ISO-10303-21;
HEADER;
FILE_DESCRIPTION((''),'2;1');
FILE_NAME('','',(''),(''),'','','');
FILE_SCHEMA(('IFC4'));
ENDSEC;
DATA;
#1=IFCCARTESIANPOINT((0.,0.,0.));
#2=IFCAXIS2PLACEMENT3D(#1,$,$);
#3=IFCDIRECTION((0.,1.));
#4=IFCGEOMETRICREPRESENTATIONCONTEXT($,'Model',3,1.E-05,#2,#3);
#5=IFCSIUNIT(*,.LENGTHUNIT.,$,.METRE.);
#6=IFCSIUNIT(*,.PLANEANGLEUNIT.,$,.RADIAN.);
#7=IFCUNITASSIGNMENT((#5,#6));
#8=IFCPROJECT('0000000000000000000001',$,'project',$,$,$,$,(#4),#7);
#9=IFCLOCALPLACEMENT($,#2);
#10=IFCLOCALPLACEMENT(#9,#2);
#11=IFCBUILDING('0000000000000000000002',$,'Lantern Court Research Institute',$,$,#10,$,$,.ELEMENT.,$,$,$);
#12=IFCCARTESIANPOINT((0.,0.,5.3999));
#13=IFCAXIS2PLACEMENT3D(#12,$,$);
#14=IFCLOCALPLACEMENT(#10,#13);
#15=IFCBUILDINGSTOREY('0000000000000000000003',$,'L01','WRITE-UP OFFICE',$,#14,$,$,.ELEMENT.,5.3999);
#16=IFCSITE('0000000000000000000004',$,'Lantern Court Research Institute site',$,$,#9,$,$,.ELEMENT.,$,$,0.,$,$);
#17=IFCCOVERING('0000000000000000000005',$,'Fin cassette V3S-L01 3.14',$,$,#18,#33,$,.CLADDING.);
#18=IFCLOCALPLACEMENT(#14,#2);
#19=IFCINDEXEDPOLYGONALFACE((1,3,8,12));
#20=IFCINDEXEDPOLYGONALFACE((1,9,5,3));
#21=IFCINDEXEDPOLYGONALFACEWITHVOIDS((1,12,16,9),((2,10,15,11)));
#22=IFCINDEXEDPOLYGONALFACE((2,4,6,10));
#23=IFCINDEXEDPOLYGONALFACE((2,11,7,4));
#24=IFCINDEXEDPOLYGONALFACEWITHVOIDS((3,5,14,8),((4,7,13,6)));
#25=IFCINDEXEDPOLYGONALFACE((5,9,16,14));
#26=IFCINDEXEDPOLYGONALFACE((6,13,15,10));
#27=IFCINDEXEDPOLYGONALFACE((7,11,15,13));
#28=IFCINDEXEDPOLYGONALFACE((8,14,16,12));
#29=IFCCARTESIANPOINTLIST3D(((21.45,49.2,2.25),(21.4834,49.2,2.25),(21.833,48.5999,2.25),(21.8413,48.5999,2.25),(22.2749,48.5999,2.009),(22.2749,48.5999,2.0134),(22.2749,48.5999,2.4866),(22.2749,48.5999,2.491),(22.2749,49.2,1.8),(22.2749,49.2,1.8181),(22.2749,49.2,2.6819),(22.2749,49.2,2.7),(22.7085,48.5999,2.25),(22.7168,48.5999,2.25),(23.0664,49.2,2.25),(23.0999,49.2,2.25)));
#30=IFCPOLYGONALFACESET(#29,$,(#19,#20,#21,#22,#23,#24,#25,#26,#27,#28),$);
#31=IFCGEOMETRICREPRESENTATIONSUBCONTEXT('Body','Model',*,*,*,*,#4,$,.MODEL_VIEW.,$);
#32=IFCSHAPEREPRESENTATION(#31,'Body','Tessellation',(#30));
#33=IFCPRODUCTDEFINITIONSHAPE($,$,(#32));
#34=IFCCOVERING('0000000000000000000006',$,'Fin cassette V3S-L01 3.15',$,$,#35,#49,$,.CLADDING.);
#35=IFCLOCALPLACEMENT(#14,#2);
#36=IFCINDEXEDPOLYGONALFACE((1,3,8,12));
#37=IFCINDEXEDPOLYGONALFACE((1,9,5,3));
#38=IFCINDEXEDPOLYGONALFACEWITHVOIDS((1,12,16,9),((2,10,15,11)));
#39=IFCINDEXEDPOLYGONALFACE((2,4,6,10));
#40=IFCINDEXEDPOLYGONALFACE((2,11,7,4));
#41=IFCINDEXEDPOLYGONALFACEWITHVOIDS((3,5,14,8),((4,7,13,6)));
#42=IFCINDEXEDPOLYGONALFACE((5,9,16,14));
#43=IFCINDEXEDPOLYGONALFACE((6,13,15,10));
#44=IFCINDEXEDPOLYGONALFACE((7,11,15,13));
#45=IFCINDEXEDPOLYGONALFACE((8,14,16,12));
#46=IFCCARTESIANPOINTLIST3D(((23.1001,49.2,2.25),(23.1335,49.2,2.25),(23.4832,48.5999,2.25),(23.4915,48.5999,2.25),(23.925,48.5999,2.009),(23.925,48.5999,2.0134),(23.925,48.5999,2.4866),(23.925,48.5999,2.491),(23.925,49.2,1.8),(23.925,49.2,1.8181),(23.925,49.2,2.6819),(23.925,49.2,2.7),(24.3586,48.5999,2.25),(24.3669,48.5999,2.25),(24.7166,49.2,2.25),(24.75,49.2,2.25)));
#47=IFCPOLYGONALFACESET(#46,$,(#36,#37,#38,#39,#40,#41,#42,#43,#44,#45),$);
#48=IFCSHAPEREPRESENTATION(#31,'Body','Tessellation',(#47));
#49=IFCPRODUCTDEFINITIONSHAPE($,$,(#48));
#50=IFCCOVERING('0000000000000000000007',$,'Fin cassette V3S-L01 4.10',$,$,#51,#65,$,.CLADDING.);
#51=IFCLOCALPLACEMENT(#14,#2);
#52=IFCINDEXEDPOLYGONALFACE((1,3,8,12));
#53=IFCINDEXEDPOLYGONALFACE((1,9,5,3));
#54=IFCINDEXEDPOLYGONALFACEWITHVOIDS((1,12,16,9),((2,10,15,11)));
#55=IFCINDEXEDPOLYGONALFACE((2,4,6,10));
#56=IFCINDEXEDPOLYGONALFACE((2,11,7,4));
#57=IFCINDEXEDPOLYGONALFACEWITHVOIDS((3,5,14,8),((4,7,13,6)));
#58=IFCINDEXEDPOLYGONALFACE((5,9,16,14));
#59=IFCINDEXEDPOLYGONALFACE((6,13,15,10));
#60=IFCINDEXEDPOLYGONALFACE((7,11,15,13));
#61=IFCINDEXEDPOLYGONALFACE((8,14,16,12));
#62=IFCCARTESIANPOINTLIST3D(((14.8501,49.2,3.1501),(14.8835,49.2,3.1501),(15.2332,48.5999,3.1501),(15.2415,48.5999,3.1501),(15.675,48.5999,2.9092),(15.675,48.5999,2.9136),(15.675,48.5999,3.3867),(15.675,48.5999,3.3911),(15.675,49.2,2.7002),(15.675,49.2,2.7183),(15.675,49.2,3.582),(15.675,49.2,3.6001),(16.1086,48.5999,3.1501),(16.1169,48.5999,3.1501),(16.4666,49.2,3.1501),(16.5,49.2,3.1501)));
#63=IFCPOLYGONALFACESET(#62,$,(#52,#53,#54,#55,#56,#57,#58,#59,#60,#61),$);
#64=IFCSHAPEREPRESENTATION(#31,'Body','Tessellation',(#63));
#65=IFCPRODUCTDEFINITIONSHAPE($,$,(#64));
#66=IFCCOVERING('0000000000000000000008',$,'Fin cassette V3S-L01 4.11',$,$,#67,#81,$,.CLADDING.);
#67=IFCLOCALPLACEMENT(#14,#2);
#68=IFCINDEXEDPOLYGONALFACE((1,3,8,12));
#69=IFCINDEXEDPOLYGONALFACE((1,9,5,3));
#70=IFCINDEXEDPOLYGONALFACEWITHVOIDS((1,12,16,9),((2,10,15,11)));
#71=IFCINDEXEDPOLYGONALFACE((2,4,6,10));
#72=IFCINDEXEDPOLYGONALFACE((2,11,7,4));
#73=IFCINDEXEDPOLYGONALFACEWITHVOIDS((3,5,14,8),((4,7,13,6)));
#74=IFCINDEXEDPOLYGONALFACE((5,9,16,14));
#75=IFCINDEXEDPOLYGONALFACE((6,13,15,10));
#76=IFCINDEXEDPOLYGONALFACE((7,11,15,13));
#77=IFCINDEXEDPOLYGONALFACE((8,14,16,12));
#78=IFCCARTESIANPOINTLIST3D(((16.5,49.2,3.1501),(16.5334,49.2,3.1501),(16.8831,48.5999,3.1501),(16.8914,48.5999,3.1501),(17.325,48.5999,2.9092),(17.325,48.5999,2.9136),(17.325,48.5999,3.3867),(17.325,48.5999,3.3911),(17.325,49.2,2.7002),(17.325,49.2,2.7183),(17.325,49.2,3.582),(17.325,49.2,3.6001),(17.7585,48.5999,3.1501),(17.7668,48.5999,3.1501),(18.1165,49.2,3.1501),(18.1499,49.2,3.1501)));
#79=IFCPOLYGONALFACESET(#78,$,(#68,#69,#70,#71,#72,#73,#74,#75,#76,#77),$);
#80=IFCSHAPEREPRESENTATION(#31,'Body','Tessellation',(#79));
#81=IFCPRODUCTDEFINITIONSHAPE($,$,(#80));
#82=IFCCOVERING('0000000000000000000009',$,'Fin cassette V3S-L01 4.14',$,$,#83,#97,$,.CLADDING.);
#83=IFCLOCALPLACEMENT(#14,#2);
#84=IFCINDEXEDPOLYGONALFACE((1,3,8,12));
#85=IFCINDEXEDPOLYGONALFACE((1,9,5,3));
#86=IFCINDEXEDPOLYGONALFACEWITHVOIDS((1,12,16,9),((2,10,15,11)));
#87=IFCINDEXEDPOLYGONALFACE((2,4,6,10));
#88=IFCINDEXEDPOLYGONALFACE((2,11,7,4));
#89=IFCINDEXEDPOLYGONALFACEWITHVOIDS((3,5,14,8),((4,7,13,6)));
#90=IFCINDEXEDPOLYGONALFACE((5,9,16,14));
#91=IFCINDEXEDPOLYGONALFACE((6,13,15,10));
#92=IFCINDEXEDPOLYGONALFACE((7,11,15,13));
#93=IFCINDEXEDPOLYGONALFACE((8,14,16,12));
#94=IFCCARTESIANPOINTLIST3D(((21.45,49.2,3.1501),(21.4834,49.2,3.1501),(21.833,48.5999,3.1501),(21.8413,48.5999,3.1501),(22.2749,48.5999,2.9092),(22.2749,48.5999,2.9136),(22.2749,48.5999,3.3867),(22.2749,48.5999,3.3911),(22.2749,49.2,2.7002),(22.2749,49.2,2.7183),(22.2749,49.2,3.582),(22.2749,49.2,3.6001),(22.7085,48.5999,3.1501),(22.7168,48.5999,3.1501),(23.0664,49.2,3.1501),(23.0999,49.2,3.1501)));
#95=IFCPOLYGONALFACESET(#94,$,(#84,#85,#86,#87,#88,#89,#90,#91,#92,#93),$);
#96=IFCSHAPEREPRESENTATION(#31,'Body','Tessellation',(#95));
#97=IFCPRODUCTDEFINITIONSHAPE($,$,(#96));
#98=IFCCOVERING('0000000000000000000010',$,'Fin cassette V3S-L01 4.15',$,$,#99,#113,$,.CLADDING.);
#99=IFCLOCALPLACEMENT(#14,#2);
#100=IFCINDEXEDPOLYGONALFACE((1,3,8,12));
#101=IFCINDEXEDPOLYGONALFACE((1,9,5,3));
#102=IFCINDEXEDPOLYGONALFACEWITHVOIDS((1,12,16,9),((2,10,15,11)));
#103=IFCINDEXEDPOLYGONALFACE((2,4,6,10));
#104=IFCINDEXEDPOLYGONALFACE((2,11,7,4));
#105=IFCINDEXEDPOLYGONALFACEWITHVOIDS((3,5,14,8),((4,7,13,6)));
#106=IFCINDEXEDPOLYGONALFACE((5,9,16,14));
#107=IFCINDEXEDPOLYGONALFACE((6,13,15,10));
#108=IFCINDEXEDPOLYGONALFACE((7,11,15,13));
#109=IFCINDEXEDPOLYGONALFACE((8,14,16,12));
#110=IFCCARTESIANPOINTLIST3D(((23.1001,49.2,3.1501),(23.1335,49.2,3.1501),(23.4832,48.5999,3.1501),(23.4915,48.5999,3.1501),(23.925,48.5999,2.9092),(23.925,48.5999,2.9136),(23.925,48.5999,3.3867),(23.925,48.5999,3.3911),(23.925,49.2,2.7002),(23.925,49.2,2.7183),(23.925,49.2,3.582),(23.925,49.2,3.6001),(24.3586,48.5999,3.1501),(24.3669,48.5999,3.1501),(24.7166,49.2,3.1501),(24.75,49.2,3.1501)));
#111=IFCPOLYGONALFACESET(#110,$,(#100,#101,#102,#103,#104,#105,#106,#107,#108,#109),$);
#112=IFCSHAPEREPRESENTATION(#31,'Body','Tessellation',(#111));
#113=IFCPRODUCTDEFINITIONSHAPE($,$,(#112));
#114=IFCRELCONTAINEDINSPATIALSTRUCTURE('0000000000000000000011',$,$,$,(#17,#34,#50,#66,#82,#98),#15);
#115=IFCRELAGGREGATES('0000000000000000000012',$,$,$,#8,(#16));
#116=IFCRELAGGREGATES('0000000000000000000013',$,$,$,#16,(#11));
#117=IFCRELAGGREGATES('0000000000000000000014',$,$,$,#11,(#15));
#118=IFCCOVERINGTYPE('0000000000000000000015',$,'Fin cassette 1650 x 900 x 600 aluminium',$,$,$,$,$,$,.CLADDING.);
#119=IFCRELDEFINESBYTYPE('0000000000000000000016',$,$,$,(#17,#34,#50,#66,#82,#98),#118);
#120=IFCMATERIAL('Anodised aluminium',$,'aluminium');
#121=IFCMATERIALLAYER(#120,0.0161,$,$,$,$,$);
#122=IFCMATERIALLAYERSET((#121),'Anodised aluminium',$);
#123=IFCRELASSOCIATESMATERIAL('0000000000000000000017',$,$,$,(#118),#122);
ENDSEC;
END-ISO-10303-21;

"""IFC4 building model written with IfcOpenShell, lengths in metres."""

from ifc_helpers import new_model, entity, si_unit, direction, frame, origin, place, context, subcontext, project, spatial, material, layer, layer_set, type_object, element, save


model = new_model("IFC4")

# Units and contexts
model_context = context("Model", 3, precision=1e-05, world=origin(), true_north=direction((0.0, 1.0)))
body_context = subcontext(model_context, "Body", "Model", "MODEL_VIEW")
ifc_project = project(units=[si_unit("LENGTHUNIT", "METRE"), si_unit("PLANEANGLEUNIT", "RADIAN")], contexts=[model_context])

# Site, building, storey
site_placement = place(None, origin())
site = spatial("IfcSite", under=ifc_project, at=site_placement, Name="Lantern Court Research Institute site", CompositionType="ELEMENT", RefElevation=0.0)
building_placement = place(site_placement, origin())
building = spatial("IfcBuilding", under=site, at=building_placement, Name="Lantern Court Research Institute", CompositionType="ELEMENT")
storey_placement = place(building_placement, frame((0.0, 0.0, 5.3999)))
storey = spatial("IfcBuildingStorey", under=building, at=storey_placement, Name="L01", Description="WRITE-UP OFFICE", CompositionType="ELEMENT", Elevation=5.3999)

# Coverings
ifc_material_1 = material(Name="Anodised aluminium", Category="aluminium")
ifc_layer_1 = layer(ifc_material_1, 0.0161)
ifc_layer_set_1 = layer_set([ifc_layer_1], Name="Anodised aluminium")
covering_type_1 = type_object("IfcCoveringType", Name="Fin cassette 1650 x 900 x 600 aluminium", PredefinedType="CLADDING", material=ifc_layer_set_1)
covering_1_placement = place(storey_placement, frame((22.2749, 49.2, 2.25), z_axis=(0.0, -1.0, 0.0), x_axis=(1.0, 0.0, 0.0)))
cartesian_point_1 = entity("IfcCartesianPoint", [0.825, 0.0])
cartesian_point_2 = entity("IfcCartesianPoint", [0.7915, 0.0])
cartesian_point_3 = entity("IfcCartesianPoint", [0.4419, 0.0])
cartesian_point_4 = entity("IfcCartesianPoint", [0.4336, 0.0])
element("IfcCovering", 1, at=covering_1_placement, inside=storey, type_object=covering_type_1, Name="Fin cassette V3S-L01 3.14", PredefinedType="CLADDING", context=body_context, shape_type="SweptSolid", body=[
    entity("IfcExtrudedAreaSolidTapered", entity("IfcArbitraryProfileDefWithVoids", "AREA", None, entity("IfcPolyline", [cartesian_point_1, entity("IfcCartesianPoint", [0.0, 0.45]), entity("IfcCartesianPoint", [-0.825, 0.0]), entity("IfcCartesianPoint", [0.0, -0.45]), cartesian_point_1]), [entity("IfcPolyline", [cartesian_point_2, entity("IfcCartesianPoint", [0.0, 0.4319]), entity("IfcCartesianPoint", [-0.7915, 0.0]), entity("IfcCartesianPoint", [0.0, -0.4319]), cartesian_point_2])]), entity("IfcAxis2Placement3D", entity("IfcCartesianPoint", [0.0, 0.0, 0.0])), entity("IfcDirection", [0.0, 0.0, 1.0]), 0.6001, entity("IfcArbitraryProfileDefWithVoids", "AREA", None, entity("IfcPolyline", [cartesian_point_3, entity("IfcCartesianPoint", [0.0, 0.241]), entity("IfcCartesianPoint", [-0.4419, 0.0]), entity("IfcCartesianPoint", [0.0, -0.241]), cartesian_point_3]), [entity("IfcPolyline", [cartesian_point_4, entity("IfcCartesianPoint", [0.0, 0.2366]), entity("IfcCartesianPoint", [-0.4336, 0.0]), entity("IfcCartesianPoint", [0.0, -0.2366]), cartesian_point_4])])),
])
covering_2_placement = place(storey_placement, frame((23.925, 49.2, 2.25), z_axis=(0.0, -1.0, 0.0), x_axis=(1.0, 0.0, 0.0)))
cartesian_point_5 = entity("IfcCartesianPoint", [0.825, 0.0])
cartesian_point_6 = entity("IfcCartesianPoint", [0.7915, 0.0])
cartesian_point_7 = entity("IfcCartesianPoint", [0.4419, 0.0])
cartesian_point_8 = entity("IfcCartesianPoint", [0.4336, 0.0])
element("IfcCovering", 2, at=covering_2_placement, inside=storey, type_object=covering_type_1, Name="Fin cassette V3S-L01 3.15", PredefinedType="CLADDING", context=body_context, shape_type="SweptSolid", body=[
    entity("IfcExtrudedAreaSolidTapered", entity("IfcArbitraryProfileDefWithVoids", "AREA", None, entity("IfcPolyline", [cartesian_point_5, entity("IfcCartesianPoint", [0.0, 0.45]), entity("IfcCartesianPoint", [-0.825, 0.0]), entity("IfcCartesianPoint", [0.0, -0.45]), cartesian_point_5]), [entity("IfcPolyline", [cartesian_point_6, entity("IfcCartesianPoint", [0.0, 0.4319]), entity("IfcCartesianPoint", [-0.7915, 0.0]), entity("IfcCartesianPoint", [0.0, -0.4319]), cartesian_point_6])]), entity("IfcAxis2Placement3D", entity("IfcCartesianPoint", [0.0, 0.0, 0.0])), entity("IfcDirection", [0.0, 0.0, 1.0]), 0.6001, entity("IfcArbitraryProfileDefWithVoids", "AREA", None, entity("IfcPolyline", [cartesian_point_7, entity("IfcCartesianPoint", [0.0, 0.241]), entity("IfcCartesianPoint", [-0.4419, 0.0]), entity("IfcCartesianPoint", [0.0, -0.241]), cartesian_point_7]), [entity("IfcPolyline", [cartesian_point_8, entity("IfcCartesianPoint", [0.0, 0.2366]), entity("IfcCartesianPoint", [-0.4336, 0.0]), entity("IfcCartesianPoint", [0.0, -0.2366]), cartesian_point_8])])),
])
covering_3_placement = place(storey_placement, frame((15.675, 49.2, 3.1501), z_axis=(0.0, -1.0, 0.0), x_axis=(1.0, 0.0, 0.0)))
cartesian_point_9 = entity("IfcCartesianPoint", [0.825, 0.0])
cartesian_point_10 = entity("IfcCartesianPoint", [0.7915, 0.0])
cartesian_point_11 = entity("IfcCartesianPoint", [0.4419, 0.0])
cartesian_point_12 = entity("IfcCartesianPoint", [0.4336, 0.0])
element("IfcCovering", 3, at=covering_3_placement, inside=storey, type_object=covering_type_1, Name="Fin cassette V3S-L01 4.10", PredefinedType="CLADDING", context=body_context, shape_type="SweptSolid", body=[
    entity("IfcExtrudedAreaSolidTapered", entity("IfcArbitraryProfileDefWithVoids", "AREA", None, entity("IfcPolyline", [cartesian_point_9, entity("IfcCartesianPoint", [0.0, 0.45]), entity("IfcCartesianPoint", [-0.825, 0.0]), entity("IfcCartesianPoint", [0.0, -0.45]), cartesian_point_9]), [entity("IfcPolyline", [cartesian_point_10, entity("IfcCartesianPoint", [0.0, 0.4319]), entity("IfcCartesianPoint", [-0.7915, 0.0]), entity("IfcCartesianPoint", [0.0, -0.4319]), cartesian_point_10])]), entity("IfcAxis2Placement3D", entity("IfcCartesianPoint", [0.0, 0.0, 0.0])), entity("IfcDirection", [0.0, 0.0, 1.0]), 0.6001, entity("IfcArbitraryProfileDefWithVoids", "AREA", None, entity("IfcPolyline", [cartesian_point_11, entity("IfcCartesianPoint", [0.0, 0.241]), entity("IfcCartesianPoint", [-0.4419, 0.0]), entity("IfcCartesianPoint", [0.0, -0.241]), cartesian_point_11]), [entity("IfcPolyline", [cartesian_point_12, entity("IfcCartesianPoint", [0.0, 0.2366]), entity("IfcCartesianPoint", [-0.4336, 0.0]), entity("IfcCartesianPoint", [0.0, -0.2366]), cartesian_point_12])])),
])
covering_4_placement = place(storey_placement, frame((17.325, 49.2, 3.1501), z_axis=(0.0, -1.0, 0.0), x_axis=(1.0, 0.0, 0.0)))
cartesian_point_13 = entity("IfcCartesianPoint", [0.825, 0.0])
cartesian_point_14 = entity("IfcCartesianPoint", [0.7915, 0.0])
cartesian_point_15 = entity("IfcCartesianPoint", [0.4419, 0.0])
cartesian_point_16 = entity("IfcCartesianPoint", [0.4336, 0.0])
element("IfcCovering", 4, at=covering_4_placement, inside=storey, type_object=covering_type_1, Name="Fin cassette V3S-L01 4.11", PredefinedType="CLADDING", context=body_context, shape_type="SweptSolid", body=[
    entity("IfcExtrudedAreaSolidTapered", entity("IfcArbitraryProfileDefWithVoids", "AREA", None, entity("IfcPolyline", [cartesian_point_13, entity("IfcCartesianPoint", [0.0, 0.45]), entity("IfcCartesianPoint", [-0.825, 0.0]), entity("IfcCartesianPoint", [0.0, -0.45]), cartesian_point_13]), [entity("IfcPolyline", [cartesian_point_14, entity("IfcCartesianPoint", [0.0, 0.4319]), entity("IfcCartesianPoint", [-0.7915, 0.0]), entity("IfcCartesianPoint", [0.0, -0.4319]), cartesian_point_14])]), entity("IfcAxis2Placement3D", entity("IfcCartesianPoint", [0.0, 0.0, 0.0])), entity("IfcDirection", [0.0, 0.0, 1.0]), 0.6001, entity("IfcArbitraryProfileDefWithVoids", "AREA", None, entity("IfcPolyline", [cartesian_point_15, entity("IfcCartesianPoint", [0.0, 0.241]), entity("IfcCartesianPoint", [-0.4419, 0.0]), entity("IfcCartesianPoint", [0.0, -0.241]), cartesian_point_15]), [entity("IfcPolyline", [cartesian_point_16, entity("IfcCartesianPoint", [0.0, 0.2366]), entity("IfcCartesianPoint", [-0.4336, 0.0]), entity("IfcCartesianPoint", [0.0, -0.2366]), cartesian_point_16])])),
])
covering_5_placement = place(storey_placement, frame((22.2749, 49.2, 3.1501), z_axis=(0.0, -1.0, 0.0), x_axis=(1.0, 0.0, 0.0)))
cartesian_point_17 = entity("IfcCartesianPoint", [0.825, 0.0])
cartesian_point_18 = entity("IfcCartesianPoint", [0.7915, 0.0])
cartesian_point_19 = entity("IfcCartesianPoint", [0.4419, 0.0])
cartesian_point_20 = entity("IfcCartesianPoint", [0.4336, 0.0])
element("IfcCovering", 5, at=covering_5_placement, inside=storey, type_object=covering_type_1, Name="Fin cassette V3S-L01 4.14", PredefinedType="CLADDING", context=body_context, shape_type="SweptSolid", body=[
    entity("IfcExtrudedAreaSolidTapered", entity("IfcArbitraryProfileDefWithVoids", "AREA", None, entity("IfcPolyline", [cartesian_point_17, entity("IfcCartesianPoint", [0.0, 0.45]), entity("IfcCartesianPoint", [-0.825, 0.0]), entity("IfcCartesianPoint", [0.0, -0.45]), cartesian_point_17]), [entity("IfcPolyline", [cartesian_point_18, entity("IfcCartesianPoint", [0.0, 0.4319]), entity("IfcCartesianPoint", [-0.7915, 0.0]), entity("IfcCartesianPoint", [0.0, -0.4319]), cartesian_point_18])]), entity("IfcAxis2Placement3D", entity("IfcCartesianPoint", [0.0, 0.0, 0.0])), entity("IfcDirection", [0.0, 0.0, 1.0]), 0.6001, entity("IfcArbitraryProfileDefWithVoids", "AREA", None, entity("IfcPolyline", [cartesian_point_19, entity("IfcCartesianPoint", [0.0, 0.241]), entity("IfcCartesianPoint", [-0.4419, 0.0]), entity("IfcCartesianPoint", [0.0, -0.241]), cartesian_point_19]), [entity("IfcPolyline", [cartesian_point_20, entity("IfcCartesianPoint", [0.0, 0.2366]), entity("IfcCartesianPoint", [-0.4336, 0.0]), entity("IfcCartesianPoint", [0.0, -0.2366]), cartesian_point_20])])),
])
covering_6_placement = place(storey_placement, frame((23.925, 49.2, 3.1501), z_axis=(0.0, -1.0, 0.0), x_axis=(1.0, 0.0, 0.0)))
cartesian_point_21 = entity("IfcCartesianPoint", [0.825, 0.0])
cartesian_point_22 = entity("IfcCartesianPoint", [0.7915, 0.0])
cartesian_point_23 = entity("IfcCartesianPoint", [0.4419, 0.0])
cartesian_point_24 = entity("IfcCartesianPoint", [0.4336, 0.0])
element("IfcCovering", 6, at=covering_6_placement, inside=storey, type_object=covering_type_1, Name="Fin cassette V3S-L01 4.15", PredefinedType="CLADDING", context=body_context, shape_type="SweptSolid", body=[
    entity("IfcExtrudedAreaSolidTapered", entity("IfcArbitraryProfileDefWithVoids", "AREA", None, entity("IfcPolyline", [cartesian_point_21, entity("IfcCartesianPoint", [0.0, 0.45]), entity("IfcCartesianPoint", [-0.825, 0.0]), entity("IfcCartesianPoint", [0.0, -0.45]), cartesian_point_21]), [entity("IfcPolyline", [cartesian_point_22, entity("IfcCartesianPoint", [0.0, 0.4319]), entity("IfcCartesianPoint", [-0.7915, 0.0]), entity("IfcCartesianPoint", [0.0, -0.4319]), cartesian_point_22])]), entity("IfcAxis2Placement3D", entity("IfcCartesianPoint", [0.0, 0.0, 0.0])), entity("IfcDirection", [0.0, 0.0, 1.0]), 0.6001, entity("IfcArbitraryProfileDefWithVoids", "AREA", None, entity("IfcPolyline", [cartesian_point_23, entity("IfcCartesianPoint", [0.0, 0.241]), entity("IfcCartesianPoint", [-0.4419, 0.0]), entity("IfcCartesianPoint", [0.0, -0.241]), cartesian_point_23]), [entity("IfcPolyline", [cartesian_point_24, entity("IfcCartesianPoint", [0.0, 0.2366]), entity("IfcCartesianPoint", [-0.4336, 0.0]), entity("IfcCartesianPoint", [0.0, -0.2366]), cartesian_point_24])])),
])

save(model, "model.ifc")
